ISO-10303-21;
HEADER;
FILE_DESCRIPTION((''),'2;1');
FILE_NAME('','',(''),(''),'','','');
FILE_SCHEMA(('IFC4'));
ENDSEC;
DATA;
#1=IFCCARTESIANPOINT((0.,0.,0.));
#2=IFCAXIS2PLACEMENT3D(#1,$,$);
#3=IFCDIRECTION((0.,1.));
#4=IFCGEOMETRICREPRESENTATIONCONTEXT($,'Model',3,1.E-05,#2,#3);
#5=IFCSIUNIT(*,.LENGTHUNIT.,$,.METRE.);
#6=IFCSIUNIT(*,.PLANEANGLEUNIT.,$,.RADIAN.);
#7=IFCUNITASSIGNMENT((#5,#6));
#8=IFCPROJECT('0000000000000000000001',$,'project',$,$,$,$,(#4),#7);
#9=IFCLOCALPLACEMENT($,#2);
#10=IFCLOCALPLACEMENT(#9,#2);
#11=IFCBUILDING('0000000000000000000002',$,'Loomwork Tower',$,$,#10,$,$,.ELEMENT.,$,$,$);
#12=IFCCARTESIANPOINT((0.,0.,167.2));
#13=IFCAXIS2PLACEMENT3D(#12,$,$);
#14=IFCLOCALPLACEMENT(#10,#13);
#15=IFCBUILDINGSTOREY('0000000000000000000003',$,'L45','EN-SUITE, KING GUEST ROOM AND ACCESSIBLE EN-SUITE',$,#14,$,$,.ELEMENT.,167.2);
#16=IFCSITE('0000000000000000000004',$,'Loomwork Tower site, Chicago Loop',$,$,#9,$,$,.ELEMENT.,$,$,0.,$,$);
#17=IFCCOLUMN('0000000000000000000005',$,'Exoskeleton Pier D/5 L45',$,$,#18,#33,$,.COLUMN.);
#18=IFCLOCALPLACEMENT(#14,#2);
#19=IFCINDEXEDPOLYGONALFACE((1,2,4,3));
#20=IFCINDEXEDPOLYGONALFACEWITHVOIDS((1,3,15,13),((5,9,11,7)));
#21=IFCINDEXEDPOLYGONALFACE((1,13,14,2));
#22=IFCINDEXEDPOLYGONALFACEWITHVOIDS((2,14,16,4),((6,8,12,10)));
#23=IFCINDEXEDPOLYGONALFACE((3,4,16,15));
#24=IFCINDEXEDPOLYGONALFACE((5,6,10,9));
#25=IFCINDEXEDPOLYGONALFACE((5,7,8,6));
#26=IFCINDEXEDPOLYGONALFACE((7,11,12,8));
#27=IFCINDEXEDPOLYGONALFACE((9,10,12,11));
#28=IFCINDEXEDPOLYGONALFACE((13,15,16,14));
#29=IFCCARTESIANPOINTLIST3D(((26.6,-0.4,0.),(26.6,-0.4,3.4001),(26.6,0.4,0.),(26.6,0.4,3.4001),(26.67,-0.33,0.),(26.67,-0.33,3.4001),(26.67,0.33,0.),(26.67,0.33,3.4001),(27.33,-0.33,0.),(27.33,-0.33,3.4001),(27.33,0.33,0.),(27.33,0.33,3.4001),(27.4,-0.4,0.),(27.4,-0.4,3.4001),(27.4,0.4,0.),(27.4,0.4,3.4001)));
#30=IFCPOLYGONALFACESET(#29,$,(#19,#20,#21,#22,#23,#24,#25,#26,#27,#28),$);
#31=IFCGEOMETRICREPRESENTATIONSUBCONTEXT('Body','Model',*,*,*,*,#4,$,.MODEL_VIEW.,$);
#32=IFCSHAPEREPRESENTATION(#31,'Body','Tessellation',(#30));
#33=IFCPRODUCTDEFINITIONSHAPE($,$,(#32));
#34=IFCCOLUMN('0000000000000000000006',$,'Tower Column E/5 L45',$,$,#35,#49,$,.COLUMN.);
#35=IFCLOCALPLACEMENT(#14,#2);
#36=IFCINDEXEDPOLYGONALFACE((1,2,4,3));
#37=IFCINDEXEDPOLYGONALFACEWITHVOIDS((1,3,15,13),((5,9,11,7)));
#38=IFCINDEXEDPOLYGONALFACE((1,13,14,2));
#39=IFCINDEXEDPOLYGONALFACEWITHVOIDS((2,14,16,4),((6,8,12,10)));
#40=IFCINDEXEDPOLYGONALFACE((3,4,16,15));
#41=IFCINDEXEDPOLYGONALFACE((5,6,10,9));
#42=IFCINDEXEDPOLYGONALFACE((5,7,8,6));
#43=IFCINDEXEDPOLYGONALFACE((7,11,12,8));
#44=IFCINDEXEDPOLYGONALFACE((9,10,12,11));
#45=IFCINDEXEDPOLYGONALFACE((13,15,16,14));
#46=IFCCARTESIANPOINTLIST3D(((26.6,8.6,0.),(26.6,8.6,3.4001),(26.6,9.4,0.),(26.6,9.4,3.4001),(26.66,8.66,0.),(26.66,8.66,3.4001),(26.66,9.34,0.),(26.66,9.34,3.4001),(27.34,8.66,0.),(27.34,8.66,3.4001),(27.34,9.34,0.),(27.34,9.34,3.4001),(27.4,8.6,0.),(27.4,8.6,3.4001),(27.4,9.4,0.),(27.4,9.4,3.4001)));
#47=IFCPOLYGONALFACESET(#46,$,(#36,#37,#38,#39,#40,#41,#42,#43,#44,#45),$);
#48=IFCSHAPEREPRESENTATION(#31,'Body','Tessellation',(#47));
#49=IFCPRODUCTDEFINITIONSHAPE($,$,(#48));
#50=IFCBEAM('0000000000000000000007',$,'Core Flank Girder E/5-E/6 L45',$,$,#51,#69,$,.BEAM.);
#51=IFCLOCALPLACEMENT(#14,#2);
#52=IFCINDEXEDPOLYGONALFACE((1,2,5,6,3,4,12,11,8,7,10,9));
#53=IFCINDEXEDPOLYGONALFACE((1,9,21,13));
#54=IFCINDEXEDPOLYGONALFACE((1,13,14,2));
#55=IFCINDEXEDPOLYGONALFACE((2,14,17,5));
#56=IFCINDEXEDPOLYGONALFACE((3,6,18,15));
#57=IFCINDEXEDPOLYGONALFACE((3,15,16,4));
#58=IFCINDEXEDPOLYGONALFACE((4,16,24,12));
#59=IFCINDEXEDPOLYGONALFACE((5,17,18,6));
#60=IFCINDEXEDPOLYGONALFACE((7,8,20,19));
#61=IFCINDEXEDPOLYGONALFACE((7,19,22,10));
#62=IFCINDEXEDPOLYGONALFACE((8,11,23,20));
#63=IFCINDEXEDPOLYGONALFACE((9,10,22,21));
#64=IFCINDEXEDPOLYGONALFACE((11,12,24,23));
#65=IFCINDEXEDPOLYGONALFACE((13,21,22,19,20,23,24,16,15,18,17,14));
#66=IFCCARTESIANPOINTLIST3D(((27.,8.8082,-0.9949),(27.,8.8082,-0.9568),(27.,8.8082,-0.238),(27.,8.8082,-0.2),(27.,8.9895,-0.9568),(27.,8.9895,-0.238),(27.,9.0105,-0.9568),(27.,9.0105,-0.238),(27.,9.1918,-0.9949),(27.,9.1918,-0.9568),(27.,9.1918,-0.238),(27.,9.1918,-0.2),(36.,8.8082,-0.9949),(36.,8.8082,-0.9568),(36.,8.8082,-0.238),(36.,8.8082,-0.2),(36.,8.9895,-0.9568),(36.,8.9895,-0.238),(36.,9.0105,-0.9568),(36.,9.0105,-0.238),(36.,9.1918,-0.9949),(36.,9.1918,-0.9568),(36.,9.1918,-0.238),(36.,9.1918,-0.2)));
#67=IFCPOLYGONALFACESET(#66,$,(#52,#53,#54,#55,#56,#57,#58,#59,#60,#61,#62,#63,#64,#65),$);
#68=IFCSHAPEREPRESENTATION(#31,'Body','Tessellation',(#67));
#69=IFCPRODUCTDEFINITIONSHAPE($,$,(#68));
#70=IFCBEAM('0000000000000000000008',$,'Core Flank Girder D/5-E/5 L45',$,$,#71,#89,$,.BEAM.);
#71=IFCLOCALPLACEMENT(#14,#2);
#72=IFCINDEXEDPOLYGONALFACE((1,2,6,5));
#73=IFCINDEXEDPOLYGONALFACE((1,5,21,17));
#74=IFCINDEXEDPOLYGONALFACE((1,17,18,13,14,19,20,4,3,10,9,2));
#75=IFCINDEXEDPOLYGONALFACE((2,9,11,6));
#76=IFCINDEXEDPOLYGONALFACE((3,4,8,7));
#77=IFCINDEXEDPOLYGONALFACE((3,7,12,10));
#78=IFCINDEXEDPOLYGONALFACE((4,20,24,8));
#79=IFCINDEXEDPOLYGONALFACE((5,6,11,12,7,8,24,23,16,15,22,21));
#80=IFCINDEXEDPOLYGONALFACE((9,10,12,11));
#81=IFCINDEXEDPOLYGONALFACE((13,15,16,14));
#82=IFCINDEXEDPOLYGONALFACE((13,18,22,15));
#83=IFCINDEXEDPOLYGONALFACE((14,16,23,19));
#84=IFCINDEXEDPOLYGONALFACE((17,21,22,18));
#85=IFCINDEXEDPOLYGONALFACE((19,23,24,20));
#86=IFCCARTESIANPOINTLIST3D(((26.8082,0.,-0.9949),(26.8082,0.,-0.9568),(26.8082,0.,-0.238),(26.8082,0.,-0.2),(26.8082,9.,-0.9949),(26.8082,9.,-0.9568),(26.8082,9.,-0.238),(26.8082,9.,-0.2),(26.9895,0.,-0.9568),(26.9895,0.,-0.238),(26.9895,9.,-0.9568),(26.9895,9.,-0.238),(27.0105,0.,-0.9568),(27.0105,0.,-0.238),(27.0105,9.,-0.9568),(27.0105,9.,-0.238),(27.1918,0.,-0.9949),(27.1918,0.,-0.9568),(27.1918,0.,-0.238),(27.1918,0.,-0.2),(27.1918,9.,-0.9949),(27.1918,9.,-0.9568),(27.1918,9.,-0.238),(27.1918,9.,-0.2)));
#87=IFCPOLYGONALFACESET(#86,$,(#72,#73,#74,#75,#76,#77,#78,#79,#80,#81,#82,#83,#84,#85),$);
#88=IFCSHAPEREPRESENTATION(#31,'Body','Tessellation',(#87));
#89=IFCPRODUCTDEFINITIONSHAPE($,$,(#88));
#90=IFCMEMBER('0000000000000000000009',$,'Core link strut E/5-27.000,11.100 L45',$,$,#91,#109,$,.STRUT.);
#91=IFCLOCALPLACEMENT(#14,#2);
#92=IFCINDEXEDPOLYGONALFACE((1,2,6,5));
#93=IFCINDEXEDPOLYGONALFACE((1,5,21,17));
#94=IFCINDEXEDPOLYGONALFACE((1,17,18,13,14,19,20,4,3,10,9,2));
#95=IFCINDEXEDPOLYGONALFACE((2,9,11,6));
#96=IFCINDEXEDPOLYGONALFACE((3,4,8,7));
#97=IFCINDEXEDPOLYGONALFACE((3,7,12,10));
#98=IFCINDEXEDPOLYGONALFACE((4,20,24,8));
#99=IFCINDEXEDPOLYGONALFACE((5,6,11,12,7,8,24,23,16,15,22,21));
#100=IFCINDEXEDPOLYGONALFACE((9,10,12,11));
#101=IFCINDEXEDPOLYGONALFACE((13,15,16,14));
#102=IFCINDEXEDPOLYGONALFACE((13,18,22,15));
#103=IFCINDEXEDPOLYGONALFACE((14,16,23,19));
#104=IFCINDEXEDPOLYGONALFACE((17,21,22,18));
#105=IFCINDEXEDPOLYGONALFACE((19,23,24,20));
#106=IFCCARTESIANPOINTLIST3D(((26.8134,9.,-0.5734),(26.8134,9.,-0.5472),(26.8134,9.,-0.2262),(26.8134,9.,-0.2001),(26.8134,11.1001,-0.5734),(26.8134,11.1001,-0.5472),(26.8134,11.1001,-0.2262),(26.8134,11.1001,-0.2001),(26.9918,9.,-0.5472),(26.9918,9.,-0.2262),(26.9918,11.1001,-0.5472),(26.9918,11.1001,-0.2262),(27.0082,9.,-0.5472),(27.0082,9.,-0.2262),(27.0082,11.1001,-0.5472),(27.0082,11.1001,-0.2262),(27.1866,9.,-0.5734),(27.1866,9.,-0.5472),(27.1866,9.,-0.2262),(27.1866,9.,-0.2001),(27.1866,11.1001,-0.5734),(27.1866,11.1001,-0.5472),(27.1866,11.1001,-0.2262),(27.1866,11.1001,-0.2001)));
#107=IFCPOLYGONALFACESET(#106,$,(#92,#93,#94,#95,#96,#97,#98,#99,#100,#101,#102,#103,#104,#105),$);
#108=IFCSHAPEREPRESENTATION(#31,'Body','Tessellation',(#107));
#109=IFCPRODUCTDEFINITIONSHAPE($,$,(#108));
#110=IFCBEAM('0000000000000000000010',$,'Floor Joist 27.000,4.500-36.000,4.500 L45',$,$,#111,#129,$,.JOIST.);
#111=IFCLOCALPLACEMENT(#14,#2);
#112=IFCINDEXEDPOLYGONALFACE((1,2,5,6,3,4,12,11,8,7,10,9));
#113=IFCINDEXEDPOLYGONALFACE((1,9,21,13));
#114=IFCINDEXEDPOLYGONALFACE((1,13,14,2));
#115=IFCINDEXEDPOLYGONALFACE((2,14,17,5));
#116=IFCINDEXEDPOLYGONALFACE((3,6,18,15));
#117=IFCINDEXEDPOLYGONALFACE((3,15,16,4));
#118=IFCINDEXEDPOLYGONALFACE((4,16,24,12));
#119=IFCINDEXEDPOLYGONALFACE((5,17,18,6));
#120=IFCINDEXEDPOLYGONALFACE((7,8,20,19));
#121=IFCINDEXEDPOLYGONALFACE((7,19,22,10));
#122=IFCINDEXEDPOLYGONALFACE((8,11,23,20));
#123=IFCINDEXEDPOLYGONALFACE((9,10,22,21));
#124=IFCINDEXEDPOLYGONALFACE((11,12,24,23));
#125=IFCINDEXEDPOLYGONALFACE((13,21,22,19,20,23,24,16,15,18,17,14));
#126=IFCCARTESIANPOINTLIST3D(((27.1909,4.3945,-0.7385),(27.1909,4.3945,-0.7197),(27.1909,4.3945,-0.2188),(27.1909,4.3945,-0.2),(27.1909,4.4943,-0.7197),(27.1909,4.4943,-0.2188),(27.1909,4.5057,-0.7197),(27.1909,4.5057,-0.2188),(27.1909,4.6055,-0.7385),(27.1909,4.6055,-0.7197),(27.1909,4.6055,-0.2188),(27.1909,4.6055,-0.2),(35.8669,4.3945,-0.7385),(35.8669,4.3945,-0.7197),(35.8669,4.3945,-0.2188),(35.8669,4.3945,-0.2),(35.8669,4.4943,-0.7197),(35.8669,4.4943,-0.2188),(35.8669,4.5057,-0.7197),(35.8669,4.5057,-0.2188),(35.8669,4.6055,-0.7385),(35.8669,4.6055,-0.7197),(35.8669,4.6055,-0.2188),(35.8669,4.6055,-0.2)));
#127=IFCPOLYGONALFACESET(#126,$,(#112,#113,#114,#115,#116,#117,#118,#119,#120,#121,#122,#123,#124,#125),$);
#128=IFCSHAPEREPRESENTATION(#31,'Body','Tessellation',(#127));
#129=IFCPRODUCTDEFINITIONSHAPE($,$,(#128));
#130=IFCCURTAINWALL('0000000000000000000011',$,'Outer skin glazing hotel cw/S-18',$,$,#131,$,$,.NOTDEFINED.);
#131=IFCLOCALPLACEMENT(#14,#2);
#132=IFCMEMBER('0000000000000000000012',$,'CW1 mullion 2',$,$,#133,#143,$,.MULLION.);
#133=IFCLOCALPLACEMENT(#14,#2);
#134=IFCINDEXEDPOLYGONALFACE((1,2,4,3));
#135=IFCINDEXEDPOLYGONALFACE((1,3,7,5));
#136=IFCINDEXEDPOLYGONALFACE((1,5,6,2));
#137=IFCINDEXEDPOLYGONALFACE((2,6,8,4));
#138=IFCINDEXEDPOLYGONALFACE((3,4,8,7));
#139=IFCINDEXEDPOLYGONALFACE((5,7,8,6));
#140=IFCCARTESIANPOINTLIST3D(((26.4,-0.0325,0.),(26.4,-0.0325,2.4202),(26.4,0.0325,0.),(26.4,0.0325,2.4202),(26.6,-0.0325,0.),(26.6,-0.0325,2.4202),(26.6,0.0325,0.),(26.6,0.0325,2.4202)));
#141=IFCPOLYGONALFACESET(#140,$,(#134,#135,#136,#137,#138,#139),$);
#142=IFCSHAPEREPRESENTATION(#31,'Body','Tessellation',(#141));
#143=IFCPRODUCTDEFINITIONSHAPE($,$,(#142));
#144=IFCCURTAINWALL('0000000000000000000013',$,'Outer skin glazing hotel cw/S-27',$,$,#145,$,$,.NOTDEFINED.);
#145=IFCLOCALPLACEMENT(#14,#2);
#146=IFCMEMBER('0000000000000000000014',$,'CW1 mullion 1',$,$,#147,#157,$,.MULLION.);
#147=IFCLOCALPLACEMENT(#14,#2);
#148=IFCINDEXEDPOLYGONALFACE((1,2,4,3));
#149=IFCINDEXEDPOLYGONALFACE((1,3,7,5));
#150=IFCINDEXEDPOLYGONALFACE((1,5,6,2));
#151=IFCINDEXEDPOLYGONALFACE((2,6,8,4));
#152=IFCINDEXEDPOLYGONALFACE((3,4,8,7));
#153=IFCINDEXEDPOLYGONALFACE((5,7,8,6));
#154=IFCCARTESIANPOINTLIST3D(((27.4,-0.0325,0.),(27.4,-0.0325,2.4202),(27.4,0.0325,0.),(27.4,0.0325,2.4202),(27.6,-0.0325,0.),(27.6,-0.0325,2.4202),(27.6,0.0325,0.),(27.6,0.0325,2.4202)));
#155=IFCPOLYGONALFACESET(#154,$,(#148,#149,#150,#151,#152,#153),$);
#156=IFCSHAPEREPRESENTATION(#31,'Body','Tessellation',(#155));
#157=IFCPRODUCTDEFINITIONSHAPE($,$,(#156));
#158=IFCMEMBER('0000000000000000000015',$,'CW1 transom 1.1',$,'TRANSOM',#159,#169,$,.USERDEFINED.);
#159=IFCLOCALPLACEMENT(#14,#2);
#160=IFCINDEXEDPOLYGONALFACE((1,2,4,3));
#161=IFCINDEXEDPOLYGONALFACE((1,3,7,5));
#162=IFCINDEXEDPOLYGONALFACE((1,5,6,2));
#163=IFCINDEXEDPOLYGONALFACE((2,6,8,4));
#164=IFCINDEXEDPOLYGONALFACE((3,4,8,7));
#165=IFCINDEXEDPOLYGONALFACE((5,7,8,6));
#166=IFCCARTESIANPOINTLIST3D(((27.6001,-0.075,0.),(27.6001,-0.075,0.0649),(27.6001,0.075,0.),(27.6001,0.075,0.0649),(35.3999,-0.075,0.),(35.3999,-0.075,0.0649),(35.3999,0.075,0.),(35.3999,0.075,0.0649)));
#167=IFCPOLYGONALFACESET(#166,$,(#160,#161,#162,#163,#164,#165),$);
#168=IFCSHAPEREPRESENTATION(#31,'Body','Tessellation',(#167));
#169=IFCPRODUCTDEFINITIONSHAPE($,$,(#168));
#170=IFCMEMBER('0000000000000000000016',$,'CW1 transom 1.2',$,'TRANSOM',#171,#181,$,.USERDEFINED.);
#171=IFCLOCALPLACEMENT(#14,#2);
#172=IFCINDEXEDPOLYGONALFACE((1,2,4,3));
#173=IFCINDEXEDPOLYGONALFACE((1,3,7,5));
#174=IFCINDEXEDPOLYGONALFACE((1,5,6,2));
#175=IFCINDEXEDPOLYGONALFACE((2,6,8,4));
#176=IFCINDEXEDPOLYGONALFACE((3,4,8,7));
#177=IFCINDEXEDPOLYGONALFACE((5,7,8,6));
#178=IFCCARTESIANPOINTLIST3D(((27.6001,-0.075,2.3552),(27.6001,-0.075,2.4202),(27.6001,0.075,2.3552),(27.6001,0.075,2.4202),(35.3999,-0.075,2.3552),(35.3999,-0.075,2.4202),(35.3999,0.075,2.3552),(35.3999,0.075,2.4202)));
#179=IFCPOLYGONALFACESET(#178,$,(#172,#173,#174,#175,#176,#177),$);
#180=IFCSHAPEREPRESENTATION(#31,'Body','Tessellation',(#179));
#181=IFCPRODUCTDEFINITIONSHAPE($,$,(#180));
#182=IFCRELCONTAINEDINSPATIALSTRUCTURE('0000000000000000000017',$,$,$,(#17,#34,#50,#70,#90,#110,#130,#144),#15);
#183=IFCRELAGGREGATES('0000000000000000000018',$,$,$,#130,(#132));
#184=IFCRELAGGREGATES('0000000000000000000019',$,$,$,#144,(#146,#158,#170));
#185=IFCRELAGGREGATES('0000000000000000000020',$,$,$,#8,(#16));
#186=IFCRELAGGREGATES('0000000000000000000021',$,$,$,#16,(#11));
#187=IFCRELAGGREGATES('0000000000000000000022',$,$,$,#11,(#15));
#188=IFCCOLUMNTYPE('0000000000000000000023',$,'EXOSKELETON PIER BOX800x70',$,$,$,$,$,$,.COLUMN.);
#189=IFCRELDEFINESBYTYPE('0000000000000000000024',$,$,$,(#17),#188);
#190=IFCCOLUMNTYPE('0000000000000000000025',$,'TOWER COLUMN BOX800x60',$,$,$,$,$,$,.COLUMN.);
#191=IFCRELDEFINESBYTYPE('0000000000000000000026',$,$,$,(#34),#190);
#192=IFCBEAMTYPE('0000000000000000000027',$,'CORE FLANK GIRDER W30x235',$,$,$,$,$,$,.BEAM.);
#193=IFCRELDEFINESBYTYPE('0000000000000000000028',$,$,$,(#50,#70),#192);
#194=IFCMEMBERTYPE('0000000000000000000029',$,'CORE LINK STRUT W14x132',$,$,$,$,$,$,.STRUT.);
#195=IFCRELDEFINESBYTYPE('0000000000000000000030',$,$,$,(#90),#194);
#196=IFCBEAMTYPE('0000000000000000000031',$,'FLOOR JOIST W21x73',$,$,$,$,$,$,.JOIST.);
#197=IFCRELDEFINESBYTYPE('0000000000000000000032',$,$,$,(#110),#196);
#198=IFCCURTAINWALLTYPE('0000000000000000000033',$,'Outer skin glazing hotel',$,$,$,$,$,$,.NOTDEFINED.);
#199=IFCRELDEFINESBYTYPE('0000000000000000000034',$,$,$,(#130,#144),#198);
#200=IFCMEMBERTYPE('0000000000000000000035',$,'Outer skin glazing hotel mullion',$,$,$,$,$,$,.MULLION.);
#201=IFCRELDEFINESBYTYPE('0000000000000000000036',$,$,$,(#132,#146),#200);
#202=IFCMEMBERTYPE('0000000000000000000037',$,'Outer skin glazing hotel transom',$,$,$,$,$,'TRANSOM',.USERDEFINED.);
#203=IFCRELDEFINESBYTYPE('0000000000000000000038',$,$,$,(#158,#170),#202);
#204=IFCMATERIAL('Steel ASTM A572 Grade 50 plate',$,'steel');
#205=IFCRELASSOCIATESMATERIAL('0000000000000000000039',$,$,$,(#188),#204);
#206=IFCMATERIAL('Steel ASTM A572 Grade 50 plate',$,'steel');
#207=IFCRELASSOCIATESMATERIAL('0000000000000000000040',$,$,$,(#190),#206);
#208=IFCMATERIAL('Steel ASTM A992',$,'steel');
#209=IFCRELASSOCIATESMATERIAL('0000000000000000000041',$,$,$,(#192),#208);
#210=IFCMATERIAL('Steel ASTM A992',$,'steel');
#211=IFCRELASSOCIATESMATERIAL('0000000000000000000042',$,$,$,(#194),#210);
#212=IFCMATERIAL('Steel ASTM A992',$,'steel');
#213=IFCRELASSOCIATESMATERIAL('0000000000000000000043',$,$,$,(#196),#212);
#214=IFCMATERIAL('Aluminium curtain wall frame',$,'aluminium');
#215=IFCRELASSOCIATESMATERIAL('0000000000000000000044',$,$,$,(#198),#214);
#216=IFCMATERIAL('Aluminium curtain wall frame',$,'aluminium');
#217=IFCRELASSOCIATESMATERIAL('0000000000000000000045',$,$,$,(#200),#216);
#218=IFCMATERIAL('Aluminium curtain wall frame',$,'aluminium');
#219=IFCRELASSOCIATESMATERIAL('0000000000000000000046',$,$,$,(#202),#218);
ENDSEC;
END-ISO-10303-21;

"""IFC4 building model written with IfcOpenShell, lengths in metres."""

from ifc_helpers import new_model, si_unit, direction, frame, origin, origin_2d, place, context, subcontext, project, spatial, rectangle, hollow_rectangle, i_section, extrude, material, material_profile, profile_set, type_object, element, aggregate, save


model = new_model("IFC4")

# Units and contexts
model_context = context("Model", 3, precision=1e-05, world=origin(), true_north=direction((0.0, 1.0)))
body_context = subcontext(model_context, "Body", "Model", "MODEL_VIEW")
ifc_project = project(units=[si_unit("LENGTHUNIT", "METRE"), si_unit("PLANEANGLEUNIT", "RADIAN")], contexts=[model_context])

# Site, building, storey
site_placement = place(None, origin())
site = spatial("IfcSite", under=ifc_project, at=site_placement, Name="Loomwork Tower site, Chicago Loop", CompositionType="ELEMENT", RefElevation=0.0)
building_placement = place(site_placement, origin())
building = spatial("IfcBuilding", under=site, at=building_placement, Name="Loomwork Tower", CompositionType="ELEMENT")
storey_placement = place(building_placement, frame((0.0, 0.0, 167.2)))
storey = spatial("IfcBuildingStorey", under=building, at=storey_placement, Name="L45", Description="EN-SUITE, KING GUEST ROOM AND ACCESSIBLE EN-SUITE", CompositionType="ELEMENT", Elevation=167.2)

# Columns
ifc_material_1 = material(Name="Steel ASTM A572 Grade 50 plate", Category="steel")
ifc_material_profile_1 = material_profile(ifc_material_1, hollow_rectangle(XDim=0.8, YDim=0.8, WallThickness=0.0701, at=origin_2d()), Name="BOX800x70")
ifc_profile_set_1 = profile_set([ifc_material_profile_1], Name="Steel ASTM A572 Grade 50 plate")
column_type_1 = type_object("IfcColumnType", Name="EXOSKELETON PIER BOX800x70", PredefinedType="COLUMN", material=ifc_profile_set_1)
column_1_placement = place(storey_placement, frame((27.0, 0.0, 0.0), z_axis=(0.0, 0.0, 1.0), x_axis=(1.0, 0.0, 0.0)))
element("IfcColumn", 1, at=column_1_placement, inside=storey, type_object=column_type_1, Name="Exoskeleton Pier D/5 L45", PredefinedType="COLUMN", context=body_context, shape_type="SweptSolid", body=[
    extrude(hollow_rectangle(XDim=0.8, YDim=0.8, WallThickness=0.0701, at=origin_2d()), origin(), (0.0, 0.0, 1.0), 3.4001),
])
ifc_material_2 = material(Name="Steel ASTM A572 Grade 50 plate", Category="steel")
ifc_material_profile_2 = material_profile(ifc_material_2, hollow_rectangle(XDim=0.8, YDim=0.8, WallThickness=0.0601, at=origin_2d()), Name="BOX800x60")
ifc_profile_set_2 = profile_set([ifc_material_profile_2], Name="Steel ASTM A572 Grade 50 plate")
column_type_2 = type_object("IfcColumnType", Name="TOWER COLUMN BOX800x60", PredefinedType="COLUMN", material=ifc_profile_set_2)
column_2_placement = place(storey_placement, frame((27.0, 9.0, 0.0), z_axis=(0.0, 0.0, 1.0), x_axis=(1.0, 0.0, 0.0)))
element("IfcColumn", 2, at=column_2_placement, inside=storey, type_object=column_type_2, Name="Tower Column E/5 L45", PredefinedType="COLUMN", context=body_context, shape_type="SweptSolid", body=[
    extrude(hollow_rectangle(XDim=0.8, YDim=0.8, WallThickness=0.0601, at=origin_2d()), origin(), (0.0, 0.0, 1.0), 3.4001),
])

# Beams
ifc_material_3 = material(Name="Steel ASTM A992", Category="steel")
ifc_material_profile_3 = material_profile(ifc_material_3, i_section(OverallWidth=0.3835, OverallDepth=0.7949, WebThickness=0.021, FlangeThickness=0.0381, at=origin_2d()), Name="W30x235")
ifc_profile_set_3 = profile_set([ifc_material_profile_3], Name="Steel ASTM A992")
beam_type_1 = type_object("IfcBeamType", Name="CORE FLANK GIRDER W30x235", PredefinedType="BEAM", material=ifc_profile_set_3)
for number, where, z_axis, x_axis, name in (
    (3, (27.0, 9.0, -0.5974), (1.0, 0.0, 0.0), (0.0, 1.0, 0.0), "Core Flank Girder E/5-E/6 L45"),
    (4, (27.0, 0.0, -0.5974), (0.0, 1.0, 0.0), (-1.0, 0.0, 0.0), "Core Flank Girder D/5-E/5 L45"),
):
    element("IfcBeam", number, at=place(storey_placement, frame(where, z_axis=z_axis, x_axis=x_axis)), inside=storey, type_object=beam_type_1, Name=name, PredefinedType="BEAM", context=body_context, shape_type="SweptSolid", body=[
        extrude(i_section(OverallWidth=0.3835, OverallDepth=0.7949, WebThickness=0.021, FlangeThickness=0.0381, at=origin_2d()), origin(), (0.0, 0.0, 1.0), 9.0),
    ])

# Member
ifc_material_4 = material(Name="Steel ASTM A992", Category="steel")
ifc_material_profile_4 = material_profile(ifc_material_4, i_section(OverallWidth=0.3733, OverallDepth=0.3733, WebThickness=0.0164, FlangeThickness=0.0261, at=origin_2d()), Name="W14x132")
ifc_profile_set_4 = profile_set([ifc_material_profile_4], Name="Steel ASTM A992")
member_type_1 = type_object("IfcMemberType", Name="CORE LINK STRUT W14x132", PredefinedType="STRUT", material=ifc_profile_set_4)
member_1_placement = place(storey_placement, frame((27.0, 9.0, -0.3867), z_axis=(0.0, 1.0, 0.0), x_axis=(-1.0, 0.0, 0.0)))
element("IfcMember", 5, at=member_1_placement, inside=storey, type_object=member_type_1, Name="Core link strut E/5-27.000,11.100 L45", PredefinedType="STRUT", context=body_context, shape_type="SweptSolid", body=[
    extrude(i_section(OverallWidth=0.3733, OverallDepth=0.3733, WebThickness=0.0164, FlangeThickness=0.0261, at=origin_2d()), origin(), (0.0, 0.0, 1.0), 2.1001),
])

# Beam
ifc_material_5 = material(Name="Steel ASTM A992", Category="steel")
ifc_material_profile_5 = material_profile(ifc_material_5, i_section(OverallWidth=0.2109, OverallDepth=0.5386, WebThickness=0.0115, FlangeThickness=0.0188, at=origin_2d()), Name="W21x73")
ifc_profile_set_5 = profile_set([ifc_material_profile_5], Name="Steel ASTM A992")
beam_type_2 = type_object("IfcBeamType", Name="FLOOR JOIST W21x73", PredefinedType="JOIST", material=ifc_profile_set_5)
beam_1_placement = place(storey_placement, frame((27.1909, 4.5, -0.4692), z_axis=(1.0, 0.0, 0.0), x_axis=(0.0, 1.0, 0.0)))
element("IfcBeam", 6, at=beam_1_placement, inside=storey, type_object=beam_type_2, Name="Floor Joist 27.000,4.500-36.000,4.500 L45", PredefinedType="JOIST", context=body_context, shape_type="SweptSolid", body=[
    extrude(i_section(OverallWidth=0.2109, OverallDepth=0.5386, WebThickness=0.0115, FlangeThickness=0.0188, at=origin_2d()), origin(), (0.0, 0.0, 1.0), 8.676),
])

# Curtain wall, member
ifc_material_6 = material(Name="Aluminium curtain wall frame", Category="aluminium")
curtain_wall_type = type_object("IfcCurtainWallType", Name="Outer skin glazing hotel", PredefinedType="NOTDEFINED", material=ifc_material_6)
curtain_wall_1_placement = place(storey_placement, origin())
curtain_wall_1 = element("IfcCurtainWall", 7, at=curtain_wall_1_placement, inside=storey, type_object=curtain_wall_type, Name="Outer skin glazing hotel cw/S-18", PredefinedType="NOTDEFINED")
ifc_material_7 = material(Name="Aluminium curtain wall frame", Category="aluminium")
ifc_material_profile_6 = material_profile(ifc_material_7, rectangle(XDim=0.0649, YDim=0.2, at=origin_2d()), Name="AL 65x200")
ifc_profile_set_6 = profile_set([ifc_material_profile_6], Name="Aluminium curtain wall frame")
member_type_2 = type_object("IfcMemberType", Name="Outer skin glazing hotel mullion", PredefinedType="MULLION", material=ifc_profile_set_6)
member_2_placement = place(storey_placement, frame((26.5, 0.0, 0.0), z_axis=(0.0, 0.0, 1.0), x_axis=(0.0, 1.0, 0.0)))
member_2 = element("IfcMember", 8, at=member_2_placement, type_object=member_type_2, Name="CW1 mullion 2", PredefinedType="MULLION", context=body_context, shape_type="SweptSolid", body=[
    extrude(rectangle(XDim=0.0649, YDim=0.2, at=origin_2d()), origin(), (0.0, 0.0, 1.0), 2.4202),
])
aggregate(curtain_wall_1, [member_2])

# Curtain wall, members
curtain_wall_2_placement = place(storey_placement, origin())
curtain_wall_2 = element("IfcCurtainWall", 9, at=curtain_wall_2_placement, inside=storey, type_object=curtain_wall_type, Name="Outer skin glazing hotel cw/S-27", PredefinedType="NOTDEFINED")
member_3_placement = place(storey_placement, frame((27.5, 0.0, 0.0), z_axis=(0.0, 0.0, 1.0), x_axis=(0.0, 1.0, 0.0)))
member_3 = element("IfcMember", 10, at=member_3_placement, type_object=member_type_2, Name="CW1 mullion 1", PredefinedType="MULLION", context=body_context, shape_type="SweptSolid", body=[
    extrude(rectangle(XDim=0.0649, YDim=0.2, at=origin_2d()), origin(), (0.0, 0.0, 1.0), 2.4202),
])
ifc_material_8 = material(Name="Aluminium curtain wall frame", Category="aluminium")
ifc_material_profile_7 = material_profile(ifc_material_8, rectangle(XDim=0.1499, YDim=0.0649, at=origin_2d()), Name="AL 65x150")
ifc_profile_set_7 = profile_set([ifc_material_profile_7], Name="Aluminium curtain wall frame")
member_type_3 = type_object("IfcMemberType", Name="Outer skin glazing hotel transom", ElementType="TRANSOM", PredefinedType="USERDEFINED", material=ifc_profile_set_7)
member_4_placement = place(storey_placement, frame((27.6001, 0.0, 0.0325), z_axis=(1.0, 0.0, 0.0), x_axis=(0.0, 1.0, 0.0)))
member_4 = element("IfcMember", 11, at=member_4_placement, type_object=member_type_3, Name="CW1 transom 1.1", ObjectType="TRANSOM", PredefinedType="USERDEFINED", context=body_context, shape_type="SweptSolid", body=[
    extrude(rectangle(XDim=0.1499, YDim=0.0649, at=origin_2d()), origin(), (0.0, 0.0, 1.0), 7.7998),
])
member_5_placement = place(storey_placement, frame((27.6001, 0.0, 2.3877), z_axis=(1.0, 0.0, 0.0), x_axis=(0.0, 1.0, 0.0)))
member_5 = element("IfcMember", 12, at=member_5_placement, type_object=member_type_3, Name="CW1 transom 1.2", ObjectType="TRANSOM", PredefinedType="USERDEFINED", context=body_context, shape_type="SweptSolid", body=[
    extrude(rectangle(XDim=0.1499, YDim=0.0649, at=origin_2d()), origin(), (0.0, 0.0, 1.0), 7.7998),
])

aggregate(curtain_wall_2, [member_3, member_4, member_5])

save(model, "model.ifc")
